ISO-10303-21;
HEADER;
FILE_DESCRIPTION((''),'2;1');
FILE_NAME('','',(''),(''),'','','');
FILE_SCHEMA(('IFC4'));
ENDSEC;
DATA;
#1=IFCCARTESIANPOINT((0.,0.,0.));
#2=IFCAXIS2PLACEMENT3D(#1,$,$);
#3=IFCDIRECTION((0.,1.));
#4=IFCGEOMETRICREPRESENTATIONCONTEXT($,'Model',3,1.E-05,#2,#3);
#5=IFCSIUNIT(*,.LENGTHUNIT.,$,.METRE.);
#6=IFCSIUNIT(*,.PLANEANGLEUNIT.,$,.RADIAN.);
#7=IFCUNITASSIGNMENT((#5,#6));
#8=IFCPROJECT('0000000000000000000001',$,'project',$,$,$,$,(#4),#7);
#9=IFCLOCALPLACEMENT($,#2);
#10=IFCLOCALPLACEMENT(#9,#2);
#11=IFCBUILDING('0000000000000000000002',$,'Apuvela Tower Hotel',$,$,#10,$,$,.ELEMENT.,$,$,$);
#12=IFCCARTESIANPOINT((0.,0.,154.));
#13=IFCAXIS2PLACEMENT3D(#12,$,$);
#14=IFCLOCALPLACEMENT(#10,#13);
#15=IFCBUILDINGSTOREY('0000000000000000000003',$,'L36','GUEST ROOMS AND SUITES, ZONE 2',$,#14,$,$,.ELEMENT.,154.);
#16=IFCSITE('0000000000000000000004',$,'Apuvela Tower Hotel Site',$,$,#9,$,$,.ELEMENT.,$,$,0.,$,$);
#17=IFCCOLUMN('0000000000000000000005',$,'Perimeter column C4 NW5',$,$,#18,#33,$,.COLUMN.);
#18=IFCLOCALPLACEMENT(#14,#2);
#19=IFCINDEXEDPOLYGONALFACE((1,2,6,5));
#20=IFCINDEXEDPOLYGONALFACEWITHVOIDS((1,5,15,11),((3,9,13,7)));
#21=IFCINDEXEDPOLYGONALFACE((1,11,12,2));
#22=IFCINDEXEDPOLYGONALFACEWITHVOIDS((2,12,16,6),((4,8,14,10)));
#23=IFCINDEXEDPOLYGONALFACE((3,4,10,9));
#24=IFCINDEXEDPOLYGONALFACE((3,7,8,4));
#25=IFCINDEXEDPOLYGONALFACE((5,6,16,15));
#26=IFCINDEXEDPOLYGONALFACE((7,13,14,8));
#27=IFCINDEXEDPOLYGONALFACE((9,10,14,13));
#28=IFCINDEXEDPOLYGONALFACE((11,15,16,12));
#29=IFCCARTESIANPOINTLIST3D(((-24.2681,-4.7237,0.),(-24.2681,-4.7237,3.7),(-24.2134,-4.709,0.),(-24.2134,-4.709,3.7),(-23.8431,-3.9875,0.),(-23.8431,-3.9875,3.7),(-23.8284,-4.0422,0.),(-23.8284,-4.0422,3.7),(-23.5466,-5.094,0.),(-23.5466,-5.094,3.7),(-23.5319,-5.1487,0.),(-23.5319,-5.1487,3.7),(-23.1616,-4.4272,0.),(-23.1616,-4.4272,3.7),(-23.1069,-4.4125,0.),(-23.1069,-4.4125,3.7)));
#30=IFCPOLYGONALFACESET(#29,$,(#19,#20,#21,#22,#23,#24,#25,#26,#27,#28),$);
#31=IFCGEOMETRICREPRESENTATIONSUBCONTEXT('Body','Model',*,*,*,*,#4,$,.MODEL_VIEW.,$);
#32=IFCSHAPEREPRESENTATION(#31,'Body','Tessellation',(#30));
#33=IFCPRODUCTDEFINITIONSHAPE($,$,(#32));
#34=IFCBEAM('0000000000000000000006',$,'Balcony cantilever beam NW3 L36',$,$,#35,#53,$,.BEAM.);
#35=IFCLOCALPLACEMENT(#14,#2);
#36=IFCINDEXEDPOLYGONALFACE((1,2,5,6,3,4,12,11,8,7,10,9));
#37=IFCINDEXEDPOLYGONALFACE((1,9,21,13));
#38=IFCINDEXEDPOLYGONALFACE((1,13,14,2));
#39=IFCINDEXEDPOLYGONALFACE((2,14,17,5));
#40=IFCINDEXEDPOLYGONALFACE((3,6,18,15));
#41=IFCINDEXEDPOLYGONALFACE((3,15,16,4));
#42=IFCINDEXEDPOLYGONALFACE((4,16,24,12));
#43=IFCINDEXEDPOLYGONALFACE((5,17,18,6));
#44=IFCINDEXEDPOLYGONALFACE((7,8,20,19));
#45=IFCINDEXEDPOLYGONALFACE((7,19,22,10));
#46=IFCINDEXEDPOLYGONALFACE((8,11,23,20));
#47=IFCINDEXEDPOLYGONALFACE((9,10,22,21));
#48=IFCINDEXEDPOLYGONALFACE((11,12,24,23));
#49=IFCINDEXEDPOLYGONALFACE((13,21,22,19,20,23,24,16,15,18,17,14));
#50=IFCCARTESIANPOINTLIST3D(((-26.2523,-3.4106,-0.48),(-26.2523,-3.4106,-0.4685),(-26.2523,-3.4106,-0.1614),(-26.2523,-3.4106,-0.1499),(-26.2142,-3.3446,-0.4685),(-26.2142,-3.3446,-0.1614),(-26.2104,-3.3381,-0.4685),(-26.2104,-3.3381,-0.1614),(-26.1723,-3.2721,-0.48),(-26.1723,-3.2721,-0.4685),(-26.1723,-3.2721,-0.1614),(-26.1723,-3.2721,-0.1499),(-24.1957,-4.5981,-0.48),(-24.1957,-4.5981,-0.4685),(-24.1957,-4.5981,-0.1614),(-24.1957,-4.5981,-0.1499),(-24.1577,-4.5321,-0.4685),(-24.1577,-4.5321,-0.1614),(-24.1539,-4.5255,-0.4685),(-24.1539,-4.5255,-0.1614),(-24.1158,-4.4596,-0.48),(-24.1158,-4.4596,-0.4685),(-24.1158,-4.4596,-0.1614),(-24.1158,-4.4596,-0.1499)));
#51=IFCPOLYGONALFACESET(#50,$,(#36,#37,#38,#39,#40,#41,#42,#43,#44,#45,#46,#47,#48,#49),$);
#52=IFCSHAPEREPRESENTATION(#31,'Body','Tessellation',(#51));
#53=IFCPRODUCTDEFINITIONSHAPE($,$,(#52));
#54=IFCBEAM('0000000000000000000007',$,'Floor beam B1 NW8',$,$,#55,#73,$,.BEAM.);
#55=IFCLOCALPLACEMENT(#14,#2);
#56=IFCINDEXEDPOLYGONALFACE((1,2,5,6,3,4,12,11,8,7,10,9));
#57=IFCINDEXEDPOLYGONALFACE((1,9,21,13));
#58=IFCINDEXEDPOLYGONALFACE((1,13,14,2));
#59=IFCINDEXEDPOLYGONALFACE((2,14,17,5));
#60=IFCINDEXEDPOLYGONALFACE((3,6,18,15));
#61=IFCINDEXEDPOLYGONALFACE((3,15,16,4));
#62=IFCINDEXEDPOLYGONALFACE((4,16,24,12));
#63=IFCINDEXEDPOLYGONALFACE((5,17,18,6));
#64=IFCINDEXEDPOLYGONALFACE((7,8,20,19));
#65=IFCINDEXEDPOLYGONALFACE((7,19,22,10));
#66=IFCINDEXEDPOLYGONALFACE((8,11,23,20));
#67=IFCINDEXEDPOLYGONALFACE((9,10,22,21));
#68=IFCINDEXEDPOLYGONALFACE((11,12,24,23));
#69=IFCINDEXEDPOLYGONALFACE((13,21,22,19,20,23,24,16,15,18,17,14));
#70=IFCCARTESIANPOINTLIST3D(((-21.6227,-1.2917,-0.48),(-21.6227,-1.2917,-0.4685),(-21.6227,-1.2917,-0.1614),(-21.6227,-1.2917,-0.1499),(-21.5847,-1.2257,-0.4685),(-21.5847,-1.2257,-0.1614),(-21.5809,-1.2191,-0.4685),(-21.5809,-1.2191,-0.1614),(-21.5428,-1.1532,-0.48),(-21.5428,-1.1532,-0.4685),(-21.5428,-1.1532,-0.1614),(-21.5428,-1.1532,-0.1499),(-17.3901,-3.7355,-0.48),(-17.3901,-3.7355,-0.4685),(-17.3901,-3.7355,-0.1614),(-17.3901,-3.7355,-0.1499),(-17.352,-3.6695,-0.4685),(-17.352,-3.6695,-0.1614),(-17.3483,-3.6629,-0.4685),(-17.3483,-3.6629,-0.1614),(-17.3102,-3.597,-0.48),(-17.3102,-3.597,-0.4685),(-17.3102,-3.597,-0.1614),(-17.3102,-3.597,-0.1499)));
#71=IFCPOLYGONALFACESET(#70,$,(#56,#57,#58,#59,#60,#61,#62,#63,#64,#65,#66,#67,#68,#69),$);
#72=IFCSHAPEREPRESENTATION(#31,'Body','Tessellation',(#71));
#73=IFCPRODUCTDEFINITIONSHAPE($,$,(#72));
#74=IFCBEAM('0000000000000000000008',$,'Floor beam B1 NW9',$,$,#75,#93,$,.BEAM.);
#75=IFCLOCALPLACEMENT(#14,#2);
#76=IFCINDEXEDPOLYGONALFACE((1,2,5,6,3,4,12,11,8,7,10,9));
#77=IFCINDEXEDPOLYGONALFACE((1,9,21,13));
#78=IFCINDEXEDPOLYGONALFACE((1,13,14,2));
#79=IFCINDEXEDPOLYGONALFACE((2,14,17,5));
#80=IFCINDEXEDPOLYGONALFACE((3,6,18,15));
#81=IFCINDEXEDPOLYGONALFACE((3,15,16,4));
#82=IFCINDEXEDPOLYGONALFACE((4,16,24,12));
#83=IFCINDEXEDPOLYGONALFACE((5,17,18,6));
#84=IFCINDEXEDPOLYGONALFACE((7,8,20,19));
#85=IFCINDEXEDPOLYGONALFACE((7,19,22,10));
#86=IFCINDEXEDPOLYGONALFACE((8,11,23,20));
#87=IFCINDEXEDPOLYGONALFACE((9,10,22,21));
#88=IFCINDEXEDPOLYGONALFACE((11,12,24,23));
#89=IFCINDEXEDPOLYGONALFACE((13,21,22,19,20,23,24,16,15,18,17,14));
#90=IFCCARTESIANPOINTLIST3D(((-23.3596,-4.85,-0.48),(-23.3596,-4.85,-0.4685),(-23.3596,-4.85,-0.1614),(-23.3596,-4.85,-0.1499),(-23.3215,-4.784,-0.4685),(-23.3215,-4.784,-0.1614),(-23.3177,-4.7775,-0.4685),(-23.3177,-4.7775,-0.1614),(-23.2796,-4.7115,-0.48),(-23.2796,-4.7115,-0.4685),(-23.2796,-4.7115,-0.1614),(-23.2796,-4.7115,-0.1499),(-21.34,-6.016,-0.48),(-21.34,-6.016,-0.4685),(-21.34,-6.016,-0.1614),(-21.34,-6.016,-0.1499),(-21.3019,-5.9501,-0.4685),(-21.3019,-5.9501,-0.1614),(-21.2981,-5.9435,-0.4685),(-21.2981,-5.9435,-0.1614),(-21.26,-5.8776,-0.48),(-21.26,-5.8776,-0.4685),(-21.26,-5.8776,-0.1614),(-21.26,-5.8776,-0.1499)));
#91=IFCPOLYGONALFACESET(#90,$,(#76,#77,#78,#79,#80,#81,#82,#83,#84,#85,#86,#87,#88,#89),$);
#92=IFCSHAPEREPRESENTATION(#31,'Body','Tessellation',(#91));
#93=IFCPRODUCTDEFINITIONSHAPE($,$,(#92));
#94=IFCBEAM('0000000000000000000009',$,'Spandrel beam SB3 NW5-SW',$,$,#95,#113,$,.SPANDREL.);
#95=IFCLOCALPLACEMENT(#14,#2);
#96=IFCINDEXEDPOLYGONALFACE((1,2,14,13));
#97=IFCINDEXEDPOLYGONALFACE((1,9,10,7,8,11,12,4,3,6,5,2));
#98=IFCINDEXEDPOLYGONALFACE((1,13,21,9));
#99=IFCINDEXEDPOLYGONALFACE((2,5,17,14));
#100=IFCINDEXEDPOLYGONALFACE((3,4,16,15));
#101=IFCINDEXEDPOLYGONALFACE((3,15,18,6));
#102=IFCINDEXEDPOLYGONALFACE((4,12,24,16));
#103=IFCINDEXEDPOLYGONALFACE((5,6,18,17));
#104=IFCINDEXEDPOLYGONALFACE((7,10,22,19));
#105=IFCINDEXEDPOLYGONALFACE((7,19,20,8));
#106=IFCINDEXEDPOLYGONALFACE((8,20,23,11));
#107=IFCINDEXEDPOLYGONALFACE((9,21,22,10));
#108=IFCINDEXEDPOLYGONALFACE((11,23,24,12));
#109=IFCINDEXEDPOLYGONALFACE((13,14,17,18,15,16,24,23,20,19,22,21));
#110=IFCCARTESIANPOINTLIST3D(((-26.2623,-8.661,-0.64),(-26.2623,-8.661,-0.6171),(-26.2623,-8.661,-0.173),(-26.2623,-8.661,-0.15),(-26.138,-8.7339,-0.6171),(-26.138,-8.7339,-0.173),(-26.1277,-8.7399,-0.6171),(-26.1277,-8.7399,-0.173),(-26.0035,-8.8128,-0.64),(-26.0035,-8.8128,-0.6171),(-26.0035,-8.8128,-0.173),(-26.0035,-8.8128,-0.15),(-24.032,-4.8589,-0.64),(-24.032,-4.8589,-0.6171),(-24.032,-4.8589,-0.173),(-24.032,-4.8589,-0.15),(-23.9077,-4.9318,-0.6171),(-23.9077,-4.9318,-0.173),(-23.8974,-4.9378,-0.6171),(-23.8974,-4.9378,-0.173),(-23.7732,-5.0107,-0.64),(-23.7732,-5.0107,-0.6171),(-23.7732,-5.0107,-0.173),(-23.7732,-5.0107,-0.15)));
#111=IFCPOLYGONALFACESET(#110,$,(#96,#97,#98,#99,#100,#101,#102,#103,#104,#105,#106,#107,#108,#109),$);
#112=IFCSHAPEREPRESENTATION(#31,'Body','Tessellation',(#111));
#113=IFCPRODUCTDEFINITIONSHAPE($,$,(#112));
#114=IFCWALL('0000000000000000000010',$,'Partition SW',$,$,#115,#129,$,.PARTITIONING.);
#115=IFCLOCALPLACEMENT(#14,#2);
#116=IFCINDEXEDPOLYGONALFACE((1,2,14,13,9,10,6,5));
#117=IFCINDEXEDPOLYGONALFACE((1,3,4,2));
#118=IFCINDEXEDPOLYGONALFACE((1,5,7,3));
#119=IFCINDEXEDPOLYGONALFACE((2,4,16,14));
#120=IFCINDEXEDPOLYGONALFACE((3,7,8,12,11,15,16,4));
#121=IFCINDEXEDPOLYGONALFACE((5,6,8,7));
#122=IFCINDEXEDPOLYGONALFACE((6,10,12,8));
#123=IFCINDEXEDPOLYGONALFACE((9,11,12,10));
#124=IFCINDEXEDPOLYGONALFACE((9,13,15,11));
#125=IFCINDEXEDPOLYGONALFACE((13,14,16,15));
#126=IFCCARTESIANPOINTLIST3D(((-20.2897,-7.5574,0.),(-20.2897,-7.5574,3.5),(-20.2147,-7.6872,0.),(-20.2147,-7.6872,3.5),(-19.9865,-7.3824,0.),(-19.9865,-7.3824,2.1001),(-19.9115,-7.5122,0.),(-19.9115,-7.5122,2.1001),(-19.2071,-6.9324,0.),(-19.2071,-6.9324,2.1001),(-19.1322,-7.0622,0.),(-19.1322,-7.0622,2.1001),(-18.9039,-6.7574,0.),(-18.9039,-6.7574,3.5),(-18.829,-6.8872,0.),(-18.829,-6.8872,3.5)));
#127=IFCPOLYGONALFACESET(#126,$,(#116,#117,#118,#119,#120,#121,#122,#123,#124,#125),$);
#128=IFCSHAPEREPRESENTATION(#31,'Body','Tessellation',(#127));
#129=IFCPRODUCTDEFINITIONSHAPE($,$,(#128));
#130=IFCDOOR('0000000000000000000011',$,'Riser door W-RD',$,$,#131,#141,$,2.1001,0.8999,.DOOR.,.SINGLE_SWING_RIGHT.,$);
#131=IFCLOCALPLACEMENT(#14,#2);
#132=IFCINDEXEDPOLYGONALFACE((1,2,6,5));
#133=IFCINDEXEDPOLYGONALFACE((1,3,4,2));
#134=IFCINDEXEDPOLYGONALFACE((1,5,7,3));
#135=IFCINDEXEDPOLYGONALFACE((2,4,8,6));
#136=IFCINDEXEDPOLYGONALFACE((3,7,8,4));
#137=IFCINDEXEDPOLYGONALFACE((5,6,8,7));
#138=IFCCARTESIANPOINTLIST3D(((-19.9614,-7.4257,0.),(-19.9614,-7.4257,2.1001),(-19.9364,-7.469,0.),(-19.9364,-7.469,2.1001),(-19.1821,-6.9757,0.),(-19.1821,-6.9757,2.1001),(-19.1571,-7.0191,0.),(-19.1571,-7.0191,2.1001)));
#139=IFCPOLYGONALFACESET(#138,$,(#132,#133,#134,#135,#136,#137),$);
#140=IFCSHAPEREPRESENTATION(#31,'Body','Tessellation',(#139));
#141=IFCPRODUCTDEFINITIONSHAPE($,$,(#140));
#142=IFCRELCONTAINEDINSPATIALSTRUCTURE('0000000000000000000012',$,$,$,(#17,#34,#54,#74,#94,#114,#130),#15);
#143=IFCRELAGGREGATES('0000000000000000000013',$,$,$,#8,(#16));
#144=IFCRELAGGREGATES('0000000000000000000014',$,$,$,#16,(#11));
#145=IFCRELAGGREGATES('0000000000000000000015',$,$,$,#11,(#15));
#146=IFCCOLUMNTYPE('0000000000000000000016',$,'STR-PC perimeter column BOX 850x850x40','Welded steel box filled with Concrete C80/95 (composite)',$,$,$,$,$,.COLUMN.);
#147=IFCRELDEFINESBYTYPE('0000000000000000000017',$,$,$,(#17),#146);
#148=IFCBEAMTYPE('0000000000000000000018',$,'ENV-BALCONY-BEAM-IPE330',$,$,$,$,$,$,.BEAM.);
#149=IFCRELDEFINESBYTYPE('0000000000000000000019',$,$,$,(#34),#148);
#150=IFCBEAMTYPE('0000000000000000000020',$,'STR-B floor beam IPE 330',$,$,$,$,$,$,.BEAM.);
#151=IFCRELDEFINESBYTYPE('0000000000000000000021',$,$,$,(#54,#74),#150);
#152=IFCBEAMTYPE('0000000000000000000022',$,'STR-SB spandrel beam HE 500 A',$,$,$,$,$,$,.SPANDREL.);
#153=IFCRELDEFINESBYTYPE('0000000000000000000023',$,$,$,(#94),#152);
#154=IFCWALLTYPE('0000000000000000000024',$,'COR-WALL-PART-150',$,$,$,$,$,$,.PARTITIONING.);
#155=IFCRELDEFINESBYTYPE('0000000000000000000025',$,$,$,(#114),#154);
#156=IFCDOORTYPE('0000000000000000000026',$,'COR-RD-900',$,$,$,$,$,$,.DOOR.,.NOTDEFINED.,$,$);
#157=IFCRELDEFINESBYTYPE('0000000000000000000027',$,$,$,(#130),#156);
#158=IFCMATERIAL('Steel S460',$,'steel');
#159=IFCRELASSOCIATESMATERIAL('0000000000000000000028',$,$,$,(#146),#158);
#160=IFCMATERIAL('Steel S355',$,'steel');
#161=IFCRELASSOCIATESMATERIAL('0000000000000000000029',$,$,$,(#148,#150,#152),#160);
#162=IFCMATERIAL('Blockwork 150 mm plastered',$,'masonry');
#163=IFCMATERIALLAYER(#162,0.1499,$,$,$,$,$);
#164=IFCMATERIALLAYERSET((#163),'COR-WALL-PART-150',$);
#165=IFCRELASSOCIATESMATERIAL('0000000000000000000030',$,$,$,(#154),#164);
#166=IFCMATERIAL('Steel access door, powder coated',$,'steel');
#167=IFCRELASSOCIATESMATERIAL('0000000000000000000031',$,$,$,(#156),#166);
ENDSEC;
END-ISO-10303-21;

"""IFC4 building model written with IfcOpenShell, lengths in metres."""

from ifc_helpers import new_model, si_unit, direction, frame, frame_2d, origin, origin_2d, place, context, subcontext, project, spatial, rectangle, hollow_rectangle, i_section, extrude, material, layer, layer_set, material_profile, profile_set, type_object, element, fill, save


model = new_model("IFC4")

# Units and contexts
model_context = context("Model", 3, precision=1e-05, world=origin(), true_north=direction((0.0, 1.0)))
body_context = subcontext(model_context, "Body", "Model", "MODEL_VIEW")
ifc_project = project(units=[si_unit("LENGTHUNIT", "METRE"), si_unit("PLANEANGLEUNIT", "RADIAN")], contexts=[model_context])

# Site, building, storey
site_placement = place(None, origin())
site = spatial("IfcSite", under=ifc_project, at=site_placement, Name="Apuvela Tower Hotel Site", CompositionType="ELEMENT", RefElevation=0.0)
building_placement = place(site_placement, origin())
building = spatial("IfcBuilding", under=site, at=building_placement, Name="Apuvela Tower Hotel", CompositionType="ELEMENT")
storey_placement = place(building_placement, frame((0.0, 0.0, 154.0)))
storey = spatial("IfcBuildingStorey", under=building, at=storey_placement, Name="L36", Description="GUEST ROOMS AND SUITES, ZONE 2", CompositionType="ELEMENT", Elevation=154.0)

# Column
ifc_material_1 = material(Name="Steel S460", Category="steel")
ifc_material_profile_1 = material_profile(ifc_material_1, hollow_rectangle(XDim=0.8501, YDim=0.8501, WallThickness=0.04, at=origin_2d()), Name="BOX 850x850x40")
ifc_material_2 = material(Name="Concrete C80/95", Category="concrete")
ifc_material_profile_2 = material_profile(ifc_material_2, rectangle(XDim=0.77, YDim=0.77, at=origin_2d()), Name="Concrete C80/95 infill")
ifc_profile_set_1 = profile_set([ifc_material_profile_1, ifc_material_profile_2], Name="Steel S460")
column_type = type_object("IfcColumnType", Name="STR-PC perimeter column BOX 850x850x40", Description="Welded steel box filled with Concrete C80/95 (composite)", PredefinedType="COLUMN", material=ifc_profile_set_1)
column_placement = place(storey_placement, frame((-23.6875, -4.5681, 0.0), z_axis=(0.0, 0.0, 1.0), x_axis=(0.5, 0.866025, 0.0)))
element("IfcColumn", 1, at=column_placement, inside=storey, type_object=column_type, Name="Perimeter column C4 NW5", PredefinedType="COLUMN", context=body_context, shape_type="SweptSolid", body=[
    extrude(hollow_rectangle(XDim=0.8501, YDim=0.8501, WallThickness=0.04, at=origin_2d()), origin(), (0.0, 0.0, 1.0), 3.7),
])

# Beams
ifc_material_3 = material(Name="Steel S355", Category="steel")
ifc_material_profile_3 = material_profile(ifc_material_3, i_section(OverallWidth=0.1599, OverallDepth=0.3301, WebThickness=0.0076, FlangeThickness=0.0115, at=origin_2d()), Name="IPE 330")
ifc_profile_set_2 = profile_set([ifc_material_profile_3], Name="Steel S355")
beam_type_1 = type_object("IfcBeamType", Name="ENV-BALCONY-BEAM-IPE330", PredefinedType="BEAM", material=ifc_profile_set_2)
beam_1_placement = place(storey_placement, frame((-24.1558, -4.5288, -0.3149), z_axis=(-0.866008, 0.500031, 0.0), x_axis=(-0.500031, -0.866008, 0.0)))
element("IfcBeam", 2, at=beam_1_placement, inside=storey, type_object=beam_type_1, Name="Balcony cantilever beam NW3 L36", PredefinedType="BEAM", context=body_context, shape_type="SweptSolid", body=[
    extrude(i_section(OverallWidth=0.1599, OverallDepth=0.3301, WebThickness=0.0076, FlangeThickness=0.0115, at=origin_2d()), origin(), (0.0, 0.0, 1.0), 2.3748),
])
ifc_material_profile_4 = material_profile(ifc_material_3, i_section(OverallWidth=0.1599, OverallDepth=0.3301, WebThickness=0.0076, FlangeThickness=0.0115, at=origin_2d()), Name="IPE 330")
ifc_profile_set_3 = profile_set([ifc_material_profile_4], Name="Steel S355")
beam_type_2 = type_object("IfcBeamType", Name="STR-B floor beam IPE 330", PredefinedType="BEAM", material=ifc_profile_set_3)
beam_2_placement = place(storey_placement, frame((-21.5828, -1.2224, -0.3149), z_axis=(0.866015, -0.500018, 0.0), x_axis=(0.500018, 0.866015, 0.0)))
element("IfcBeam", 3, at=beam_2_placement, inside=storey, type_object=beam_type_2, Name="Floor beam B1 NW8", PredefinedType="BEAM", context=body_context, shape_type="SweptSolid", body=[
    extrude(i_section(OverallWidth=0.1599, OverallDepth=0.3301, WebThickness=0.0076, FlangeThickness=0.0115, at=origin_2d()), origin(), (0.0, 0.0, 1.0), 4.8875),
])
beam_3_placement = place(storey_placement, frame((-23.3196, -4.7808, -0.3149), z_axis=(0.866018, -0.500012, 0.0), x_axis=(0.500012, 0.866018, 0.0)))
element("IfcBeam", 4, at=beam_3_placement, inside=storey, type_object=beam_type_2, Name="Floor beam B1 NW9", PredefinedType="BEAM", context=body_context, shape_type="SweptSolid", body=[
    extrude(i_section(OverallWidth=0.1599, OverallDepth=0.3301, WebThickness=0.0076, FlangeThickness=0.0115, at=origin_2d()), origin(), (0.0, 0.0, 1.0), 2.332),
])
ifc_material_profile_5 = material_profile(ifc_material_3, i_section(OverallWidth=0.3, OverallDepth=0.49, WebThickness=0.012, FlangeThickness=0.0229, at=origin_2d()), Name="HE 500 A")
ifc_profile_set_4 = profile_set([ifc_material_profile_5], Name="Steel S355")
beam_type_3 = type_object("IfcBeamType", Name="STR-SB spandrel beam HE 500 A", PredefinedType="SPANDREL", material=ifc_profile_set_4)
beam_4_placement = place(storey_placement, frame((-23.9026, -4.9348, -0.395), z_axis=(-0.505967, -0.862553, 0.0), x_axis=(0.862553, -0.505967, 0.0)))
element("IfcBeam", 5, at=beam_4_placement, inside=storey, type_object=beam_type_3, Name="Spandrel beam SB3 NW5-SW", PredefinedType="SPANDREL", context=body_context, shape_type="SweptSolid", body=[
    extrude(i_section(OverallWidth=0.3, OverallDepth=0.49, WebThickness=0.012, FlangeThickness=0.0229, at=origin_2d()), origin(), (0.0, 0.0, 1.0), 4.408),
])

# Wall, opening, door
ifc_material_4 = material(Name="Blockwork 150 mm plastered", Category="masonry")
ifc_layer_1 = layer(ifc_material_4, 0.1499)
ifc_layer_set_1 = layer_set([ifc_layer_1], Name="COR-WALL-PART-150")
wall_type_1 = type_object("IfcWallType", Name="COR-WALL-PART-150", PredefinedType="PARTITIONING", material=ifc_layer_set_1)
wall_1_placement = place(storey_placement, frame((-18.8665, -6.8223, 0.0), z_axis=(0.0, 0.0, 1.0), x_axis=(-0.866028, -0.499995, 0.0)))
wall_1 = element("IfcWall", 6, at=wall_1_placement, inside=storey, type_object=wall_type_1, Name="Partition SW", PredefinedType="PARTITIONING", context=body_context, shape_type="SweptSolid", body=[
    extrude(rectangle(XDim=1.6001, YDim=0.1499, at=frame_2d((0.8, 0.0))), origin(), (0.0, 0.0, 1.0), 3.5),
])
opening_1_placement = place(wall_1_placement, frame((0.3501, 0.0, 0.0)))
opening_1 = element("IfcOpeningElement", 7, at=opening_1_placement, cuts=wall_1, PredefinedType="OPENING", context=body_context, shape_type="SweptSolid", body=[
    extrude(rectangle(XDim=0.8999, YDim=2.1001, at=frame_2d((0.45, 1.05))), frame((0.0, 0.085, 0.0), z_axis=(0.0, -1.0, 0.0), x_axis=(1.0, 0.0, 0.0)), (0.0, 0.0, 1.0), 0.1699),
])
ifc_material_5 = material(Name="Steel access door, powder coated", Category="steel")
door_type_1 = type_object("IfcDoorType", Name="COR-RD-900", OperationType="NOTDEFINED", PredefinedType="DOOR", material=ifc_material_5)
door_1_placement = place(opening_1_placement, frame((0.8999, 0.0, 0.0), z_axis=(0.0, 0.0, 1.0), x_axis=(-1.0, 0.0, 0.0)))
door_1 = element("IfcDoor", 8, at=door_1_placement, inside=storey, type_object=door_type_1, Name="Riser door W-RD", OperationType="SINGLE_SWING_RIGHT", OverallHeight=2.1001, OverallWidth=0.8999, PredefinedType="DOOR", context=body_context, shape_type="SweptSolid", body=[
    extrude(rectangle(XDim=0.8999, YDim=2.1001, at=frame_2d((0.45, 1.05))), frame((0.0, 0.0249, 0.0), z_axis=(0.0, -1.0, 0.0), x_axis=(1.0, 0.0, 0.0)), (0.0, 0.0, 1.0), 0.05),
])
fill(opening_1, door_1)

save(model, "model.ifc")
